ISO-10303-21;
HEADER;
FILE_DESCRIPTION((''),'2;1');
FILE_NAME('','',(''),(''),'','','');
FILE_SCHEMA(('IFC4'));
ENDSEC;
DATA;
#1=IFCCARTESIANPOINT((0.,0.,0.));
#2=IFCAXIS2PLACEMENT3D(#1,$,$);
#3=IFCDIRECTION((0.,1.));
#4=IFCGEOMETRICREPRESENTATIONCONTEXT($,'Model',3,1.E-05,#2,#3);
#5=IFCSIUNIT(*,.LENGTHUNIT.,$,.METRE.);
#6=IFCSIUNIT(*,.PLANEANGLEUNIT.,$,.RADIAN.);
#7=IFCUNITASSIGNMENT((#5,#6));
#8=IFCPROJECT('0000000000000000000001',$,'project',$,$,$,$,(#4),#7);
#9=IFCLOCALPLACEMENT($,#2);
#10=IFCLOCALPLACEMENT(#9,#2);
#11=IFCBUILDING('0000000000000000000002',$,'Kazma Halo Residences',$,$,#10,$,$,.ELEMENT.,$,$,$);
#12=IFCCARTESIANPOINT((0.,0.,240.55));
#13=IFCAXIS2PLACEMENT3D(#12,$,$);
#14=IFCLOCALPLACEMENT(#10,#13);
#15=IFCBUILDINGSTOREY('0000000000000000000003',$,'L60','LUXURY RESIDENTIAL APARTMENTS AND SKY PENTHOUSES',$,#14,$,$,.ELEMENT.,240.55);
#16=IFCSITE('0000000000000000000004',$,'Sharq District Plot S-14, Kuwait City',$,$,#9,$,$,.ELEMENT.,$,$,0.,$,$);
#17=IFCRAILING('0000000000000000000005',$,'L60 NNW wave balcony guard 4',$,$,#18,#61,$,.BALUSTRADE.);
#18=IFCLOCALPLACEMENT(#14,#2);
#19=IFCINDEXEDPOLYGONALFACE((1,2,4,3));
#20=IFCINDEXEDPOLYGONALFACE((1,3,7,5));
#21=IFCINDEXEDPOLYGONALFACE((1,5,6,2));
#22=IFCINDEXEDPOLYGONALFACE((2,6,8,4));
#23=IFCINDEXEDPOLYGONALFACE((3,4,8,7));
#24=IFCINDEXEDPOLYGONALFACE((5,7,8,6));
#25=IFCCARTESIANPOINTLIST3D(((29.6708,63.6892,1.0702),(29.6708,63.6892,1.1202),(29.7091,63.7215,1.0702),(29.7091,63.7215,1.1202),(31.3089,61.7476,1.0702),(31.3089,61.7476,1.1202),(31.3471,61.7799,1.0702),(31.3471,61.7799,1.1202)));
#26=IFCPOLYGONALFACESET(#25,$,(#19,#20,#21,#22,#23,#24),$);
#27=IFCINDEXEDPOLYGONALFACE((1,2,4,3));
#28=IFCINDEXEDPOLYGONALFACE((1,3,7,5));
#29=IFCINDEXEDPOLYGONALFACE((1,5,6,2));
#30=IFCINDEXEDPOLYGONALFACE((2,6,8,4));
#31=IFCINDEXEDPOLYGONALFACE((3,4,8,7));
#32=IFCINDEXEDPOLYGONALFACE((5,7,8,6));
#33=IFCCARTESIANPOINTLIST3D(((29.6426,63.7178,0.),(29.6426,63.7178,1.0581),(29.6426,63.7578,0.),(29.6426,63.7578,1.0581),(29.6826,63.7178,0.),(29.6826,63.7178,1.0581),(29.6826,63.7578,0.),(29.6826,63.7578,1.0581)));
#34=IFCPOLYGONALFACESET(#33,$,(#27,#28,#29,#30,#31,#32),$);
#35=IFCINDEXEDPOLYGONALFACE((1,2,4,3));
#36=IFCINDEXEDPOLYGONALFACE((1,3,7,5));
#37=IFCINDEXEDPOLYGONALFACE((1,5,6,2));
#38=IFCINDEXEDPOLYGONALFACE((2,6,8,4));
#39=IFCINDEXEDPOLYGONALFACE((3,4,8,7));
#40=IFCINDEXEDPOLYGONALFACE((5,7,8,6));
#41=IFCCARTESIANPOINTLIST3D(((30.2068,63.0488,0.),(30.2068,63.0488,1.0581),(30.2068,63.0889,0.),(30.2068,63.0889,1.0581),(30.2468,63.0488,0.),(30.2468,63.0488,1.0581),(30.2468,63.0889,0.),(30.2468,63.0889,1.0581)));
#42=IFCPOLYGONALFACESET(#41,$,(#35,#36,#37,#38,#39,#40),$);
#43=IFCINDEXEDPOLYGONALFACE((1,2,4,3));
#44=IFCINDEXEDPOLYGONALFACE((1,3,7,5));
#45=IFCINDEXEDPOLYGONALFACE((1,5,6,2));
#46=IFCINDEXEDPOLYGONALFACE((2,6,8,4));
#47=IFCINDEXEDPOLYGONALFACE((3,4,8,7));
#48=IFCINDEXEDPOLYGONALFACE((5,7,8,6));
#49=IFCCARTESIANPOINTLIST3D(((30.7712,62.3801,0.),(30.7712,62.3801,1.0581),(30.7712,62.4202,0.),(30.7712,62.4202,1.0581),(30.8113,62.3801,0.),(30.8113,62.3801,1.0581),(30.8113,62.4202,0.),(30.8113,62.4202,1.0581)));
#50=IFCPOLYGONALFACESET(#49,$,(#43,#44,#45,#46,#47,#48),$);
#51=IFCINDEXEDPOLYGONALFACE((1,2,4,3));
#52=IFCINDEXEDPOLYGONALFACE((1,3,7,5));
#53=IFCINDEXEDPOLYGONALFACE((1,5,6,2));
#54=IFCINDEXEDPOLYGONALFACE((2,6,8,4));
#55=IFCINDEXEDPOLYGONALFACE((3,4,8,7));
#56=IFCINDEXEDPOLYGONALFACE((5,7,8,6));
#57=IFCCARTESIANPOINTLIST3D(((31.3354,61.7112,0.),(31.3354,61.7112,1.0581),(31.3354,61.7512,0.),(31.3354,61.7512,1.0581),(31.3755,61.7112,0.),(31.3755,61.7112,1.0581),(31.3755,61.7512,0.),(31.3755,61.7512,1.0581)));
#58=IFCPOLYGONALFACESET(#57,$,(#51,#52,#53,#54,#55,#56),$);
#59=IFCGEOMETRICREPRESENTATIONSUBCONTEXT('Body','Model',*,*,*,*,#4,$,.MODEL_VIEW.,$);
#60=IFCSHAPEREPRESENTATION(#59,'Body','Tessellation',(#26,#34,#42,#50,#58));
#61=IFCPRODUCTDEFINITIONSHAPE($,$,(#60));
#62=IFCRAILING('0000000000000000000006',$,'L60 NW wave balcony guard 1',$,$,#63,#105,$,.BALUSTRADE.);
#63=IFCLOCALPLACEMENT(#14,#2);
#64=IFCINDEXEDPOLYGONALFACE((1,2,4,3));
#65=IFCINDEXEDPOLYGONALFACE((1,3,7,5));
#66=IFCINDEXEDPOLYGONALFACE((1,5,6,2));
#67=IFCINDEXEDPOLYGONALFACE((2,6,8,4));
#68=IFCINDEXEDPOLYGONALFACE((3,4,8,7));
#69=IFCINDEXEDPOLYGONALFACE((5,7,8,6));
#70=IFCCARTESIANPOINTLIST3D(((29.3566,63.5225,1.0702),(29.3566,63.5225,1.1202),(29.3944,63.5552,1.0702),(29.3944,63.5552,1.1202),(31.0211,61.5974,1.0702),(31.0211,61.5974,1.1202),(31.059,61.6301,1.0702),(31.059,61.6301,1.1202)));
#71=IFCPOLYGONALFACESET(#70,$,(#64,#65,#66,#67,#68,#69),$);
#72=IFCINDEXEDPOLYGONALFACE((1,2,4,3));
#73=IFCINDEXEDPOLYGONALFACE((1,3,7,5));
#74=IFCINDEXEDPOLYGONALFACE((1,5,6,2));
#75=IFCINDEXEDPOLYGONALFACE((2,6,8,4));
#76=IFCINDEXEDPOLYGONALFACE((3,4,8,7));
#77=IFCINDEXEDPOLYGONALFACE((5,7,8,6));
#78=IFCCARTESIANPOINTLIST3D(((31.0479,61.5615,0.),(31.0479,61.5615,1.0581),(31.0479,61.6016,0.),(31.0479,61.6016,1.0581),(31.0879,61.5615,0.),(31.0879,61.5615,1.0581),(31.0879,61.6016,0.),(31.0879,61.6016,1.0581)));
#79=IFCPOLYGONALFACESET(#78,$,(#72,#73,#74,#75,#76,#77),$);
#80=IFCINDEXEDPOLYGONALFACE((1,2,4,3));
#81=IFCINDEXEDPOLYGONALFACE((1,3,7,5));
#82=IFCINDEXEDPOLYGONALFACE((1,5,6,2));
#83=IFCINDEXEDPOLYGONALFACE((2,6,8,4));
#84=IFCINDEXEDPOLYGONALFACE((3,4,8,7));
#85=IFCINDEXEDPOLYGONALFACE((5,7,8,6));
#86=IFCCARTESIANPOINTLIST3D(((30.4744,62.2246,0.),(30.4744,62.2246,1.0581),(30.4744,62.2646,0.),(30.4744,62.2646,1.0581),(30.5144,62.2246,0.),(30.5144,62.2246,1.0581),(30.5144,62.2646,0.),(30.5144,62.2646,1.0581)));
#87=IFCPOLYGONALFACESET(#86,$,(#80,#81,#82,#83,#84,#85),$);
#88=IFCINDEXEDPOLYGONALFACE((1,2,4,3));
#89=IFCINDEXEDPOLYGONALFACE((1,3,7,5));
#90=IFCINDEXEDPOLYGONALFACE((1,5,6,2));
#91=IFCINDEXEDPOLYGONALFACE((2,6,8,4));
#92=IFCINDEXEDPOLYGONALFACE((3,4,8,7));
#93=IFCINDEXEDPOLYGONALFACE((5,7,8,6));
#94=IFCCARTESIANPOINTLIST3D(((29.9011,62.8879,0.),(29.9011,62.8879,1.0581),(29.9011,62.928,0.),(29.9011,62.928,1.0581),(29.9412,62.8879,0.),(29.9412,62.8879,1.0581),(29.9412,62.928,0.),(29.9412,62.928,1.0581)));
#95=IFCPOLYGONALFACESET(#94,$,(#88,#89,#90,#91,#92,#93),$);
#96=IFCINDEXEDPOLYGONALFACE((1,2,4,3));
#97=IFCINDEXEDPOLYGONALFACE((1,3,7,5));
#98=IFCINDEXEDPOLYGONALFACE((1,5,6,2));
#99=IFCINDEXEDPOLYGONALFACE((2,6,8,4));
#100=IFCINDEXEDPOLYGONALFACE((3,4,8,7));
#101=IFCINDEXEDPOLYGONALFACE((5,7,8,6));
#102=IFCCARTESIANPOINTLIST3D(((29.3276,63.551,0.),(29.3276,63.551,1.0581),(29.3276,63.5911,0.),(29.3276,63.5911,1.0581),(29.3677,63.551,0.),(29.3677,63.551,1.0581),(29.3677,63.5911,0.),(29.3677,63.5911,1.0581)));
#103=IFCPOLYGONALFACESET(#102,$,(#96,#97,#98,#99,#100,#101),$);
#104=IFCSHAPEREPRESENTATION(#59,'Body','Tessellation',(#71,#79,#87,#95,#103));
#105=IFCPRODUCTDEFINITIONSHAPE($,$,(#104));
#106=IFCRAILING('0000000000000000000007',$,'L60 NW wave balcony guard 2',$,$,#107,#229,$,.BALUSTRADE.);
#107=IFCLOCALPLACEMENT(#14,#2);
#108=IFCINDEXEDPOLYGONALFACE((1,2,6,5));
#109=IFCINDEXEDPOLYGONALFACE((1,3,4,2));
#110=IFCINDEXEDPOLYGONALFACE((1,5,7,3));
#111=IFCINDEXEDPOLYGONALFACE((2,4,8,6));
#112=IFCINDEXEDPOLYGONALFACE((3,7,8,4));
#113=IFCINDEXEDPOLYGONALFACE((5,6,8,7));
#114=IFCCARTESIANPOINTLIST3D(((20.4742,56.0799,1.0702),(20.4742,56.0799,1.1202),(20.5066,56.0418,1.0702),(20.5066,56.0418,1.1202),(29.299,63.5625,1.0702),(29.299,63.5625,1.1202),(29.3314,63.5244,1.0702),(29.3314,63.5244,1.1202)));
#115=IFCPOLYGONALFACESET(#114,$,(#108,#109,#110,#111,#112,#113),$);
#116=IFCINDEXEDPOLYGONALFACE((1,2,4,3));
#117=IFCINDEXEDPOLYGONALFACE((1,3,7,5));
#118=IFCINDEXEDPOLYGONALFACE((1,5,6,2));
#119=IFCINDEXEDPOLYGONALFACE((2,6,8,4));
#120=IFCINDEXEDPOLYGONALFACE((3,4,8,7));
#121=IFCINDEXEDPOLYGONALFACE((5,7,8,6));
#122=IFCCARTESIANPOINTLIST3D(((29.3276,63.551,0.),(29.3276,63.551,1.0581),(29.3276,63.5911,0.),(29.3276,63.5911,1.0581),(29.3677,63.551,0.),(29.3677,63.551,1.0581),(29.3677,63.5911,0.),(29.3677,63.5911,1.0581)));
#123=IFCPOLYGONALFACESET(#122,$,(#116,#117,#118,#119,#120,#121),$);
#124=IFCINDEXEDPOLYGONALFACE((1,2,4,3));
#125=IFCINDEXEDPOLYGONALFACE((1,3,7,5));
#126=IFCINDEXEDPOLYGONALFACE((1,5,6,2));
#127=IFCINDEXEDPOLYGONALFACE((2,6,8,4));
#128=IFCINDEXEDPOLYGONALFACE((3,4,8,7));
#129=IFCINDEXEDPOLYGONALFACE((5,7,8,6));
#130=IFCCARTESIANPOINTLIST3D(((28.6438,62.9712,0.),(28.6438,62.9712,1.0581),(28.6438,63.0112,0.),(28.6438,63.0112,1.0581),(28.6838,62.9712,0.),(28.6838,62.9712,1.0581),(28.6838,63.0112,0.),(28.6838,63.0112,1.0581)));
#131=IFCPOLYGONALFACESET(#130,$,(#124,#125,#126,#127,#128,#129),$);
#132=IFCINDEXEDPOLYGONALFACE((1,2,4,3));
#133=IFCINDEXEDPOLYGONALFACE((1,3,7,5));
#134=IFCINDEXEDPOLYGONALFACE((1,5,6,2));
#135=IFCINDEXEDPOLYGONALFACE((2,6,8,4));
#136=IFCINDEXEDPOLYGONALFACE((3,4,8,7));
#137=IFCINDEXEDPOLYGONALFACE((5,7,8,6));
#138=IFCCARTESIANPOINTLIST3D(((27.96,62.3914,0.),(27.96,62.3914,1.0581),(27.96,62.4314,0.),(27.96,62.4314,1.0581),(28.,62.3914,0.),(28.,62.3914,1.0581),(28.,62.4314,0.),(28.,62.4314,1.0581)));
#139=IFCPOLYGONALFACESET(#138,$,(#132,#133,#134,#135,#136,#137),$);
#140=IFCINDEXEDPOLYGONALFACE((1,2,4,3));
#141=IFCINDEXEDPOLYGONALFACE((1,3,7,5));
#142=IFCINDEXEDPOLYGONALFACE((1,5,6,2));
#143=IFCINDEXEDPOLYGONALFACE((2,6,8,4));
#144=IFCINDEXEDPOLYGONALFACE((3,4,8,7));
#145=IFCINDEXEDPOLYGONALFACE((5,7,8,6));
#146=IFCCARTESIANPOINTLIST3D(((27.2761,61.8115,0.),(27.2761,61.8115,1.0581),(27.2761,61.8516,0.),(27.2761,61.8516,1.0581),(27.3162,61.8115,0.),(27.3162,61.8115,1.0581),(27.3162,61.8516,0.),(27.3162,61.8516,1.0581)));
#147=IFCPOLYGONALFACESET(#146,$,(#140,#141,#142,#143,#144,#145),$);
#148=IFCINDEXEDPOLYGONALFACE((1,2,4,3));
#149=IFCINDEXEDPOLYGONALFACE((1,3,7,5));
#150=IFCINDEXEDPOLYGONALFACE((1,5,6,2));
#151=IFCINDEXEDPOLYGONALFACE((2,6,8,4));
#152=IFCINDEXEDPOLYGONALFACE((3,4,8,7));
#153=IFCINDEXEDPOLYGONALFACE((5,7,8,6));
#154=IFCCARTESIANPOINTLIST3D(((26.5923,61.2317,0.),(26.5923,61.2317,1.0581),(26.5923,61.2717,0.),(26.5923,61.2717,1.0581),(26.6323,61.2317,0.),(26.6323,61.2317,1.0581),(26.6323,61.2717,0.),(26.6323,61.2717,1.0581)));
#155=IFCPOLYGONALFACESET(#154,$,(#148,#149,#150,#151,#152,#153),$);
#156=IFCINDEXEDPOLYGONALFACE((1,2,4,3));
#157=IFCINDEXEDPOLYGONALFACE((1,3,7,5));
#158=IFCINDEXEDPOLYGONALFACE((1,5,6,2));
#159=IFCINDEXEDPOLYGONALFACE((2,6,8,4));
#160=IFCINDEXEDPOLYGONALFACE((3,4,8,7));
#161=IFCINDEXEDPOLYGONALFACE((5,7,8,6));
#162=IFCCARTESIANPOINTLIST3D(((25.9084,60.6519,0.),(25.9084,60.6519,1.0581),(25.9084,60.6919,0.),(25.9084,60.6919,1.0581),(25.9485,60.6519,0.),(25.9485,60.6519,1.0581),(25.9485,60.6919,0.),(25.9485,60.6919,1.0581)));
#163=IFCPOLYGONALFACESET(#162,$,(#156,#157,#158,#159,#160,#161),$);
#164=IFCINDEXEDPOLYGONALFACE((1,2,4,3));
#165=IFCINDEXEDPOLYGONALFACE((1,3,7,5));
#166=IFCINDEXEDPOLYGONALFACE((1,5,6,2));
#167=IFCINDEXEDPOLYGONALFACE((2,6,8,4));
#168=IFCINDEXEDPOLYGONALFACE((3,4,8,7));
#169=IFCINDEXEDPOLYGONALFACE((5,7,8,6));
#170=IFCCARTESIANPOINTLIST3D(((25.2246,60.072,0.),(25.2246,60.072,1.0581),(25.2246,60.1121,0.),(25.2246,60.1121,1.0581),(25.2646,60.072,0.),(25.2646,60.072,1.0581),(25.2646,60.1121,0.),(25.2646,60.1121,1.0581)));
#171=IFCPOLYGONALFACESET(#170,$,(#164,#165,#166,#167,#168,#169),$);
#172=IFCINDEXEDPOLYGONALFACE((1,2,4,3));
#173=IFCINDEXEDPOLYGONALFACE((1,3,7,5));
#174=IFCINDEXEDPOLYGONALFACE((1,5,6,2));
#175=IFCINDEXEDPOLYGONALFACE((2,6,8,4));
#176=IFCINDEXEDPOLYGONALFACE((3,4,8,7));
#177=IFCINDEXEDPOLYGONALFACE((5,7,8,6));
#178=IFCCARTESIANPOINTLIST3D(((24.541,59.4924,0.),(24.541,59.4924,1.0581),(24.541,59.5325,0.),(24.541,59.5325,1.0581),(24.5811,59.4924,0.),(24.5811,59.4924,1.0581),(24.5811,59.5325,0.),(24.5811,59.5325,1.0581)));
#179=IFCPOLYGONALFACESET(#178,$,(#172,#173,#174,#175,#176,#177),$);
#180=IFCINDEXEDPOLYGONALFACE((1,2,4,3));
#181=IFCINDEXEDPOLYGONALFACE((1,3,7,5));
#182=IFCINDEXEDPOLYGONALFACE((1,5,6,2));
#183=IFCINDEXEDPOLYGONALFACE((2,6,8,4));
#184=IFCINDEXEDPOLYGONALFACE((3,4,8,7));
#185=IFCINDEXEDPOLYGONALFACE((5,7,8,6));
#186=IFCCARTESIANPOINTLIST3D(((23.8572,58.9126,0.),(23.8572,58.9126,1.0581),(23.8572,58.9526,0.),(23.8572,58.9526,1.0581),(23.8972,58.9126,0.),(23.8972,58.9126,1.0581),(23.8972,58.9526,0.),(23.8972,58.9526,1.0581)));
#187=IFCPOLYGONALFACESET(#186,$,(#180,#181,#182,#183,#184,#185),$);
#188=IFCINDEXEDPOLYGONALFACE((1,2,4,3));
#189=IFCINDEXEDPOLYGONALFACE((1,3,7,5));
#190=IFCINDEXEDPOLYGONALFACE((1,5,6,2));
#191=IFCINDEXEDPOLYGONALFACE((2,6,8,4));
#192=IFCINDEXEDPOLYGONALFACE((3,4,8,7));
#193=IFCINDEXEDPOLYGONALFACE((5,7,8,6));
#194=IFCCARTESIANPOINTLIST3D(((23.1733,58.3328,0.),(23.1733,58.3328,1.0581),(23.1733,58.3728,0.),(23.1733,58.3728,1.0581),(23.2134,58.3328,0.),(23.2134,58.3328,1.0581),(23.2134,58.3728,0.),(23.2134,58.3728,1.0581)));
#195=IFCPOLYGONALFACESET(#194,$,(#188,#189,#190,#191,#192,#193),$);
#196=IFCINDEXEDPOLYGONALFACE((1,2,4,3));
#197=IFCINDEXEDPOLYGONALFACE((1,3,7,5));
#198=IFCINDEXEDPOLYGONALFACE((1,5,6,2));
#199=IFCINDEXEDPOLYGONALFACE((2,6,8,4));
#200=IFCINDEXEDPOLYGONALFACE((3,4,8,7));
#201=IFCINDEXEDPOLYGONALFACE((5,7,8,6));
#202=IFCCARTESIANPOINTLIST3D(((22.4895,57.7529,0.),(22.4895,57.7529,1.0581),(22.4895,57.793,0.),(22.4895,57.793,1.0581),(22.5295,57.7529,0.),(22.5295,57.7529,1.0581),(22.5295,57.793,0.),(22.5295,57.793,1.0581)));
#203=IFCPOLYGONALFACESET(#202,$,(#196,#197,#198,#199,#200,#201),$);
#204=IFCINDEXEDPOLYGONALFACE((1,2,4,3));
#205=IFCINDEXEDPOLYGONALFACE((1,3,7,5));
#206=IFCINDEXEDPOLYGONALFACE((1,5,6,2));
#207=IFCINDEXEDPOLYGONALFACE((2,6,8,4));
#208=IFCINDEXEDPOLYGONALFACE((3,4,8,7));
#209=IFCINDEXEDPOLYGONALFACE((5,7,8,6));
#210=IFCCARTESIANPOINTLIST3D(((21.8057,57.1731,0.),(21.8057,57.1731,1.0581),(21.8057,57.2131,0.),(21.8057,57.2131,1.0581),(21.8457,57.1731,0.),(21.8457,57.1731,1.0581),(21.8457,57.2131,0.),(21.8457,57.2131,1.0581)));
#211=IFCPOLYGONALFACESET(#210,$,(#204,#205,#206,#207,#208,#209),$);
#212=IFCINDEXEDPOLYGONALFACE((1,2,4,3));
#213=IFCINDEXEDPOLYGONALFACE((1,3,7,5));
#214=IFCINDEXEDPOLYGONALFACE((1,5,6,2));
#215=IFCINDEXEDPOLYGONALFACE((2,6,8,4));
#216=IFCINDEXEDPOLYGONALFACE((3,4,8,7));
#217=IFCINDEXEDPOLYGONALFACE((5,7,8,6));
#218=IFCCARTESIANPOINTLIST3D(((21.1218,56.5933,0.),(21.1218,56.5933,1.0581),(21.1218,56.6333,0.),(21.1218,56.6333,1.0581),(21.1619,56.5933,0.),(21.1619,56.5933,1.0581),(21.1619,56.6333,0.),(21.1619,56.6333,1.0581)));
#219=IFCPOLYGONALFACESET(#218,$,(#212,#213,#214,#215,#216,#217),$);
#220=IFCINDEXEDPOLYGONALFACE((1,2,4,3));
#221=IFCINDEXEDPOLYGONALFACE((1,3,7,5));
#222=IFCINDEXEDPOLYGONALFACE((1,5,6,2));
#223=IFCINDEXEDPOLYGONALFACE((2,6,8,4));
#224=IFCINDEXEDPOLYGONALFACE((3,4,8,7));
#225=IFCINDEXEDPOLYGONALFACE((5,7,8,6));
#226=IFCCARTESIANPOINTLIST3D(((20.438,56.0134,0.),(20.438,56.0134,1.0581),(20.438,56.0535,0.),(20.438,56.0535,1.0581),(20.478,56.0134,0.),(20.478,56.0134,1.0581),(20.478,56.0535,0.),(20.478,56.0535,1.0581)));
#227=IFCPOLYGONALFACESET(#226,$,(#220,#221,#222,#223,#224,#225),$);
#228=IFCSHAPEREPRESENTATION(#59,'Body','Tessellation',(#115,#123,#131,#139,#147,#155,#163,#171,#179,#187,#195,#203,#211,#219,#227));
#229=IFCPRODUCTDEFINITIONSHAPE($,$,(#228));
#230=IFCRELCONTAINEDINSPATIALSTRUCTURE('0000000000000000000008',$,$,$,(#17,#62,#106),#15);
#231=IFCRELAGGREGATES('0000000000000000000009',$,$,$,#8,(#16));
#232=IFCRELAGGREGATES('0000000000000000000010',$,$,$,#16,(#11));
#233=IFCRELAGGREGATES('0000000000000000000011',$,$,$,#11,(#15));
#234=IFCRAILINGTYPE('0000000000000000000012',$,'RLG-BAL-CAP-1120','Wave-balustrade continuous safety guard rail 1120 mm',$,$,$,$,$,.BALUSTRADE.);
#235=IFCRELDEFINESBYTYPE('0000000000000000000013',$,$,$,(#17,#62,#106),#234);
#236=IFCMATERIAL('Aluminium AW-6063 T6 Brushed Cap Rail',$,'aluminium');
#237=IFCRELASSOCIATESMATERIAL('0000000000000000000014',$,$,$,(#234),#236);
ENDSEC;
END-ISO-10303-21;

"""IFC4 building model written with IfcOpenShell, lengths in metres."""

from ifc_helpers import new_model, si_unit, direction, frame, origin, origin_2d, place, context, subcontext, project, spatial, rectangle, extrude, material, type_object, element, save


model = new_model("IFC4")

# Units and contexts
model_context = context("Model", 3, precision=1e-05, world=origin(), true_north=direction((0.0, 1.0)))
body_context = subcontext(model_context, "Body", "Model", "MODEL_VIEW")
ifc_project = project(units=[si_unit("LENGTHUNIT", "METRE"), si_unit("PLANEANGLEUNIT", "RADIAN")], contexts=[model_context])

# Site, building, storey
site_placement = place(None, origin())
site = spatial("IfcSite", under=ifc_project, at=site_placement, Name="Sharq District Plot S-14, Kuwait City", CompositionType="ELEMENT", RefElevation=0.0)
building_placement = place(site_placement, origin())
building = spatial("IfcBuilding", under=site, at=building_placement, Name="Kazma Halo Residences", CompositionType="ELEMENT")
storey_placement = place(building_placement, frame((0.0, 0.0, 240.55)))
storey = spatial("IfcBuildingStorey", under=building, at=storey_placement, Name="L60", Description="LUXURY RESIDENTIAL APARTMENTS AND SKY PENTHOUSES", CompositionType="ELEMENT", Elevation=240.55)

# Railings
ifc_material_1 = material(Name="Aluminium AW-6063 T6 Brushed Cap Rail", Category="aluminium")
railing_type = type_object("IfcRailingType", Name="RLG-BAL-CAP-1120", Description="Wave-balustrade continuous safety guard rail 1120 mm", PredefinedType="BALUSTRADE", material=ifc_material_1)
railing_1_placement = place(storey_placement, frame((29.6626, 63.7378, 0.0)))
element("IfcRailing", 1, at=railing_1_placement, inside=storey, type_object=railing_type, Name="L60 NNW wave balcony guard 4", PredefinedType="BALUSTRADE", context=body_context, shape_type="SweptSolid", body=[
    extrude(rectangle(XDim=0.05, YDim=0.05, at=origin_2d()), frame((0.0273, -0.0325, 1.0952), z_axis=(0.644828, -0.764327, 0.0), x_axis=(0.764327, 0.644828, 0.0)), (0.0, 0.0, 1.0), 2.5403),
    extrude(rectangle(XDim=0.04, YDim=0.04, at=origin_2d()), origin(), (0.0, 0.0, 1.0), 1.0581),
    extrude(rectangle(XDim=0.04, YDim=0.04, at=origin_2d()), frame((0.5642, -0.6689, 0.0)), (0.0, 0.0, 1.0), 1.0581),
    extrude(rectangle(XDim=0.04, YDim=0.04, at=origin_2d()), frame((1.1287, -1.3376, 0.0)), (0.0, 0.0, 1.0), 1.0581),
    extrude(rectangle(XDim=0.04, YDim=0.04, at=origin_2d()), frame((1.6929, -2.0066, 0.0)), (0.0, 0.0, 1.0), 1.0581),
])
railing_2_placement = place(storey_placement, frame((31.0679, 61.5815, 0.0)))
element("IfcRailing", 2, at=railing_2_placement, inside=storey, type_object=railing_type, Name="L60 NW wave balcony guard 1", PredefinedType="BALUSTRADE", context=body_context, shape_type="SweptSolid", body=[
    extrude(rectangle(XDim=0.05, YDim=0.05, at=origin_2d()), frame((-0.0278, 0.0322, 1.0952), z_axis=(-0.654057, 0.756445, 0.0), x_axis=(-0.756445, -0.654057, 0.0)), (0.0, 0.0, 1.0), 2.5449),
    extrude(rectangle(XDim=0.04, YDim=0.04, at=origin_2d()), origin(), (0.0, 0.0, 1.0), 1.0581),
    extrude(rectangle(XDim=0.04, YDim=0.04, at=origin_2d()), frame((-0.5735, 0.6631, 0.0)), (0.0, 0.0, 1.0), 1.0581),
    extrude(rectangle(XDim=0.04, YDim=0.04, at=origin_2d()), frame((-1.1467, 1.3264, 0.0)), (0.0, 0.0, 1.0), 1.0581),
    extrude(rectangle(XDim=0.04, YDim=0.04, at=origin_2d()), frame((-1.7202, 1.9895, 0.0)), (0.0, 0.0, 1.0), 1.0581),
])
railing_3_placement = place(storey_placement, frame((29.3477, 63.571, 0.0)))
element("IfcRailing", 3, at=railing_3_placement, inside=storey, type_object=railing_type, Name="L60 NW wave balcony guard 2", PredefinedType="BALUSTRADE", context=body_context, shape_type="SweptSolid", body=[
    extrude(rectangle(XDim=0.05, YDim=0.05, at=origin_2d()), frame((-0.0325, -0.0276, 1.0952), z_axis=(-0.762726, -0.646721, 0.0), x_axis=(0.646721, -0.762726, 0.0)), (0.0, 0.0, 1.0), 11.5701),
    extrude(rectangle(XDim=0.04, YDim=0.04, at=origin_2d()), origin(), (0.0, 0.0, 1.0), 1.0581),
    extrude(rectangle(XDim=0.04, YDim=0.04, at=origin_2d()), frame((-0.6838, -0.5798, 0.0)), (0.0, 0.0, 1.0), 1.0581),
    extrude(rectangle(XDim=0.04, YDim=0.04, at=origin_2d()), frame((-1.3677, -1.1597, 0.0)), (0.0, 0.0, 1.0), 1.0581),
    extrude(rectangle(XDim=0.04, YDim=0.04, at=origin_2d()), frame((-2.0515, -1.7395, 0.0)), (0.0, 0.0, 1.0), 1.0581),
    extrude(rectangle(XDim=0.04, YDim=0.04, at=origin_2d()), frame((-2.7354, -2.3193, 0.0)), (0.0, 0.0, 1.0), 1.0581),
    extrude(rectangle(XDim=0.04, YDim=0.04, at=origin_2d()), frame((-3.4192, -2.8992, 0.0)), (0.0, 0.0, 1.0), 1.0581),
    extrude(rectangle(XDim=0.04, YDim=0.04, at=origin_2d()), frame((-4.103, -3.479, 0.0)), (0.0, 0.0, 1.0), 1.0581),
    extrude(rectangle(XDim=0.04, YDim=0.04, at=origin_2d()), frame((-4.7866, -4.0586, 0.0)), (0.0, 0.0, 1.0), 1.0581),
    extrude(rectangle(XDim=0.04, YDim=0.04, at=origin_2d()), frame((-5.4705, -4.6384, 0.0)), (0.0, 0.0, 1.0), 1.0581),
    extrude(rectangle(XDim=0.04, YDim=0.04, at=origin_2d()), frame((-6.1543, -5.2183, 0.0)), (0.0, 0.0, 1.0), 1.0581),
    extrude(rectangle(XDim=0.04, YDim=0.04, at=origin_2d()), frame((-6.8381, -5.7981, 0.0)), (0.0, 0.0, 1.0), 1.0581),
    extrude(rectangle(XDim=0.04, YDim=0.04, at=origin_2d()), frame((-7.522, -6.3779, 0.0)), (0.0, 0.0, 1.0), 1.0581),
    extrude(rectangle(XDim=0.04, YDim=0.04, at=origin_2d()), frame((-8.2058, -6.9578, 0.0)), (0.0, 0.0, 1.0), 1.0581),
    extrude(rectangle(XDim=0.04, YDim=0.04, at=origin_2d()), frame((-8.8896, -7.5376, 0.0)), (0.0, 0.0, 1.0), 1.0581),
])

save(model, "model.ifc")
